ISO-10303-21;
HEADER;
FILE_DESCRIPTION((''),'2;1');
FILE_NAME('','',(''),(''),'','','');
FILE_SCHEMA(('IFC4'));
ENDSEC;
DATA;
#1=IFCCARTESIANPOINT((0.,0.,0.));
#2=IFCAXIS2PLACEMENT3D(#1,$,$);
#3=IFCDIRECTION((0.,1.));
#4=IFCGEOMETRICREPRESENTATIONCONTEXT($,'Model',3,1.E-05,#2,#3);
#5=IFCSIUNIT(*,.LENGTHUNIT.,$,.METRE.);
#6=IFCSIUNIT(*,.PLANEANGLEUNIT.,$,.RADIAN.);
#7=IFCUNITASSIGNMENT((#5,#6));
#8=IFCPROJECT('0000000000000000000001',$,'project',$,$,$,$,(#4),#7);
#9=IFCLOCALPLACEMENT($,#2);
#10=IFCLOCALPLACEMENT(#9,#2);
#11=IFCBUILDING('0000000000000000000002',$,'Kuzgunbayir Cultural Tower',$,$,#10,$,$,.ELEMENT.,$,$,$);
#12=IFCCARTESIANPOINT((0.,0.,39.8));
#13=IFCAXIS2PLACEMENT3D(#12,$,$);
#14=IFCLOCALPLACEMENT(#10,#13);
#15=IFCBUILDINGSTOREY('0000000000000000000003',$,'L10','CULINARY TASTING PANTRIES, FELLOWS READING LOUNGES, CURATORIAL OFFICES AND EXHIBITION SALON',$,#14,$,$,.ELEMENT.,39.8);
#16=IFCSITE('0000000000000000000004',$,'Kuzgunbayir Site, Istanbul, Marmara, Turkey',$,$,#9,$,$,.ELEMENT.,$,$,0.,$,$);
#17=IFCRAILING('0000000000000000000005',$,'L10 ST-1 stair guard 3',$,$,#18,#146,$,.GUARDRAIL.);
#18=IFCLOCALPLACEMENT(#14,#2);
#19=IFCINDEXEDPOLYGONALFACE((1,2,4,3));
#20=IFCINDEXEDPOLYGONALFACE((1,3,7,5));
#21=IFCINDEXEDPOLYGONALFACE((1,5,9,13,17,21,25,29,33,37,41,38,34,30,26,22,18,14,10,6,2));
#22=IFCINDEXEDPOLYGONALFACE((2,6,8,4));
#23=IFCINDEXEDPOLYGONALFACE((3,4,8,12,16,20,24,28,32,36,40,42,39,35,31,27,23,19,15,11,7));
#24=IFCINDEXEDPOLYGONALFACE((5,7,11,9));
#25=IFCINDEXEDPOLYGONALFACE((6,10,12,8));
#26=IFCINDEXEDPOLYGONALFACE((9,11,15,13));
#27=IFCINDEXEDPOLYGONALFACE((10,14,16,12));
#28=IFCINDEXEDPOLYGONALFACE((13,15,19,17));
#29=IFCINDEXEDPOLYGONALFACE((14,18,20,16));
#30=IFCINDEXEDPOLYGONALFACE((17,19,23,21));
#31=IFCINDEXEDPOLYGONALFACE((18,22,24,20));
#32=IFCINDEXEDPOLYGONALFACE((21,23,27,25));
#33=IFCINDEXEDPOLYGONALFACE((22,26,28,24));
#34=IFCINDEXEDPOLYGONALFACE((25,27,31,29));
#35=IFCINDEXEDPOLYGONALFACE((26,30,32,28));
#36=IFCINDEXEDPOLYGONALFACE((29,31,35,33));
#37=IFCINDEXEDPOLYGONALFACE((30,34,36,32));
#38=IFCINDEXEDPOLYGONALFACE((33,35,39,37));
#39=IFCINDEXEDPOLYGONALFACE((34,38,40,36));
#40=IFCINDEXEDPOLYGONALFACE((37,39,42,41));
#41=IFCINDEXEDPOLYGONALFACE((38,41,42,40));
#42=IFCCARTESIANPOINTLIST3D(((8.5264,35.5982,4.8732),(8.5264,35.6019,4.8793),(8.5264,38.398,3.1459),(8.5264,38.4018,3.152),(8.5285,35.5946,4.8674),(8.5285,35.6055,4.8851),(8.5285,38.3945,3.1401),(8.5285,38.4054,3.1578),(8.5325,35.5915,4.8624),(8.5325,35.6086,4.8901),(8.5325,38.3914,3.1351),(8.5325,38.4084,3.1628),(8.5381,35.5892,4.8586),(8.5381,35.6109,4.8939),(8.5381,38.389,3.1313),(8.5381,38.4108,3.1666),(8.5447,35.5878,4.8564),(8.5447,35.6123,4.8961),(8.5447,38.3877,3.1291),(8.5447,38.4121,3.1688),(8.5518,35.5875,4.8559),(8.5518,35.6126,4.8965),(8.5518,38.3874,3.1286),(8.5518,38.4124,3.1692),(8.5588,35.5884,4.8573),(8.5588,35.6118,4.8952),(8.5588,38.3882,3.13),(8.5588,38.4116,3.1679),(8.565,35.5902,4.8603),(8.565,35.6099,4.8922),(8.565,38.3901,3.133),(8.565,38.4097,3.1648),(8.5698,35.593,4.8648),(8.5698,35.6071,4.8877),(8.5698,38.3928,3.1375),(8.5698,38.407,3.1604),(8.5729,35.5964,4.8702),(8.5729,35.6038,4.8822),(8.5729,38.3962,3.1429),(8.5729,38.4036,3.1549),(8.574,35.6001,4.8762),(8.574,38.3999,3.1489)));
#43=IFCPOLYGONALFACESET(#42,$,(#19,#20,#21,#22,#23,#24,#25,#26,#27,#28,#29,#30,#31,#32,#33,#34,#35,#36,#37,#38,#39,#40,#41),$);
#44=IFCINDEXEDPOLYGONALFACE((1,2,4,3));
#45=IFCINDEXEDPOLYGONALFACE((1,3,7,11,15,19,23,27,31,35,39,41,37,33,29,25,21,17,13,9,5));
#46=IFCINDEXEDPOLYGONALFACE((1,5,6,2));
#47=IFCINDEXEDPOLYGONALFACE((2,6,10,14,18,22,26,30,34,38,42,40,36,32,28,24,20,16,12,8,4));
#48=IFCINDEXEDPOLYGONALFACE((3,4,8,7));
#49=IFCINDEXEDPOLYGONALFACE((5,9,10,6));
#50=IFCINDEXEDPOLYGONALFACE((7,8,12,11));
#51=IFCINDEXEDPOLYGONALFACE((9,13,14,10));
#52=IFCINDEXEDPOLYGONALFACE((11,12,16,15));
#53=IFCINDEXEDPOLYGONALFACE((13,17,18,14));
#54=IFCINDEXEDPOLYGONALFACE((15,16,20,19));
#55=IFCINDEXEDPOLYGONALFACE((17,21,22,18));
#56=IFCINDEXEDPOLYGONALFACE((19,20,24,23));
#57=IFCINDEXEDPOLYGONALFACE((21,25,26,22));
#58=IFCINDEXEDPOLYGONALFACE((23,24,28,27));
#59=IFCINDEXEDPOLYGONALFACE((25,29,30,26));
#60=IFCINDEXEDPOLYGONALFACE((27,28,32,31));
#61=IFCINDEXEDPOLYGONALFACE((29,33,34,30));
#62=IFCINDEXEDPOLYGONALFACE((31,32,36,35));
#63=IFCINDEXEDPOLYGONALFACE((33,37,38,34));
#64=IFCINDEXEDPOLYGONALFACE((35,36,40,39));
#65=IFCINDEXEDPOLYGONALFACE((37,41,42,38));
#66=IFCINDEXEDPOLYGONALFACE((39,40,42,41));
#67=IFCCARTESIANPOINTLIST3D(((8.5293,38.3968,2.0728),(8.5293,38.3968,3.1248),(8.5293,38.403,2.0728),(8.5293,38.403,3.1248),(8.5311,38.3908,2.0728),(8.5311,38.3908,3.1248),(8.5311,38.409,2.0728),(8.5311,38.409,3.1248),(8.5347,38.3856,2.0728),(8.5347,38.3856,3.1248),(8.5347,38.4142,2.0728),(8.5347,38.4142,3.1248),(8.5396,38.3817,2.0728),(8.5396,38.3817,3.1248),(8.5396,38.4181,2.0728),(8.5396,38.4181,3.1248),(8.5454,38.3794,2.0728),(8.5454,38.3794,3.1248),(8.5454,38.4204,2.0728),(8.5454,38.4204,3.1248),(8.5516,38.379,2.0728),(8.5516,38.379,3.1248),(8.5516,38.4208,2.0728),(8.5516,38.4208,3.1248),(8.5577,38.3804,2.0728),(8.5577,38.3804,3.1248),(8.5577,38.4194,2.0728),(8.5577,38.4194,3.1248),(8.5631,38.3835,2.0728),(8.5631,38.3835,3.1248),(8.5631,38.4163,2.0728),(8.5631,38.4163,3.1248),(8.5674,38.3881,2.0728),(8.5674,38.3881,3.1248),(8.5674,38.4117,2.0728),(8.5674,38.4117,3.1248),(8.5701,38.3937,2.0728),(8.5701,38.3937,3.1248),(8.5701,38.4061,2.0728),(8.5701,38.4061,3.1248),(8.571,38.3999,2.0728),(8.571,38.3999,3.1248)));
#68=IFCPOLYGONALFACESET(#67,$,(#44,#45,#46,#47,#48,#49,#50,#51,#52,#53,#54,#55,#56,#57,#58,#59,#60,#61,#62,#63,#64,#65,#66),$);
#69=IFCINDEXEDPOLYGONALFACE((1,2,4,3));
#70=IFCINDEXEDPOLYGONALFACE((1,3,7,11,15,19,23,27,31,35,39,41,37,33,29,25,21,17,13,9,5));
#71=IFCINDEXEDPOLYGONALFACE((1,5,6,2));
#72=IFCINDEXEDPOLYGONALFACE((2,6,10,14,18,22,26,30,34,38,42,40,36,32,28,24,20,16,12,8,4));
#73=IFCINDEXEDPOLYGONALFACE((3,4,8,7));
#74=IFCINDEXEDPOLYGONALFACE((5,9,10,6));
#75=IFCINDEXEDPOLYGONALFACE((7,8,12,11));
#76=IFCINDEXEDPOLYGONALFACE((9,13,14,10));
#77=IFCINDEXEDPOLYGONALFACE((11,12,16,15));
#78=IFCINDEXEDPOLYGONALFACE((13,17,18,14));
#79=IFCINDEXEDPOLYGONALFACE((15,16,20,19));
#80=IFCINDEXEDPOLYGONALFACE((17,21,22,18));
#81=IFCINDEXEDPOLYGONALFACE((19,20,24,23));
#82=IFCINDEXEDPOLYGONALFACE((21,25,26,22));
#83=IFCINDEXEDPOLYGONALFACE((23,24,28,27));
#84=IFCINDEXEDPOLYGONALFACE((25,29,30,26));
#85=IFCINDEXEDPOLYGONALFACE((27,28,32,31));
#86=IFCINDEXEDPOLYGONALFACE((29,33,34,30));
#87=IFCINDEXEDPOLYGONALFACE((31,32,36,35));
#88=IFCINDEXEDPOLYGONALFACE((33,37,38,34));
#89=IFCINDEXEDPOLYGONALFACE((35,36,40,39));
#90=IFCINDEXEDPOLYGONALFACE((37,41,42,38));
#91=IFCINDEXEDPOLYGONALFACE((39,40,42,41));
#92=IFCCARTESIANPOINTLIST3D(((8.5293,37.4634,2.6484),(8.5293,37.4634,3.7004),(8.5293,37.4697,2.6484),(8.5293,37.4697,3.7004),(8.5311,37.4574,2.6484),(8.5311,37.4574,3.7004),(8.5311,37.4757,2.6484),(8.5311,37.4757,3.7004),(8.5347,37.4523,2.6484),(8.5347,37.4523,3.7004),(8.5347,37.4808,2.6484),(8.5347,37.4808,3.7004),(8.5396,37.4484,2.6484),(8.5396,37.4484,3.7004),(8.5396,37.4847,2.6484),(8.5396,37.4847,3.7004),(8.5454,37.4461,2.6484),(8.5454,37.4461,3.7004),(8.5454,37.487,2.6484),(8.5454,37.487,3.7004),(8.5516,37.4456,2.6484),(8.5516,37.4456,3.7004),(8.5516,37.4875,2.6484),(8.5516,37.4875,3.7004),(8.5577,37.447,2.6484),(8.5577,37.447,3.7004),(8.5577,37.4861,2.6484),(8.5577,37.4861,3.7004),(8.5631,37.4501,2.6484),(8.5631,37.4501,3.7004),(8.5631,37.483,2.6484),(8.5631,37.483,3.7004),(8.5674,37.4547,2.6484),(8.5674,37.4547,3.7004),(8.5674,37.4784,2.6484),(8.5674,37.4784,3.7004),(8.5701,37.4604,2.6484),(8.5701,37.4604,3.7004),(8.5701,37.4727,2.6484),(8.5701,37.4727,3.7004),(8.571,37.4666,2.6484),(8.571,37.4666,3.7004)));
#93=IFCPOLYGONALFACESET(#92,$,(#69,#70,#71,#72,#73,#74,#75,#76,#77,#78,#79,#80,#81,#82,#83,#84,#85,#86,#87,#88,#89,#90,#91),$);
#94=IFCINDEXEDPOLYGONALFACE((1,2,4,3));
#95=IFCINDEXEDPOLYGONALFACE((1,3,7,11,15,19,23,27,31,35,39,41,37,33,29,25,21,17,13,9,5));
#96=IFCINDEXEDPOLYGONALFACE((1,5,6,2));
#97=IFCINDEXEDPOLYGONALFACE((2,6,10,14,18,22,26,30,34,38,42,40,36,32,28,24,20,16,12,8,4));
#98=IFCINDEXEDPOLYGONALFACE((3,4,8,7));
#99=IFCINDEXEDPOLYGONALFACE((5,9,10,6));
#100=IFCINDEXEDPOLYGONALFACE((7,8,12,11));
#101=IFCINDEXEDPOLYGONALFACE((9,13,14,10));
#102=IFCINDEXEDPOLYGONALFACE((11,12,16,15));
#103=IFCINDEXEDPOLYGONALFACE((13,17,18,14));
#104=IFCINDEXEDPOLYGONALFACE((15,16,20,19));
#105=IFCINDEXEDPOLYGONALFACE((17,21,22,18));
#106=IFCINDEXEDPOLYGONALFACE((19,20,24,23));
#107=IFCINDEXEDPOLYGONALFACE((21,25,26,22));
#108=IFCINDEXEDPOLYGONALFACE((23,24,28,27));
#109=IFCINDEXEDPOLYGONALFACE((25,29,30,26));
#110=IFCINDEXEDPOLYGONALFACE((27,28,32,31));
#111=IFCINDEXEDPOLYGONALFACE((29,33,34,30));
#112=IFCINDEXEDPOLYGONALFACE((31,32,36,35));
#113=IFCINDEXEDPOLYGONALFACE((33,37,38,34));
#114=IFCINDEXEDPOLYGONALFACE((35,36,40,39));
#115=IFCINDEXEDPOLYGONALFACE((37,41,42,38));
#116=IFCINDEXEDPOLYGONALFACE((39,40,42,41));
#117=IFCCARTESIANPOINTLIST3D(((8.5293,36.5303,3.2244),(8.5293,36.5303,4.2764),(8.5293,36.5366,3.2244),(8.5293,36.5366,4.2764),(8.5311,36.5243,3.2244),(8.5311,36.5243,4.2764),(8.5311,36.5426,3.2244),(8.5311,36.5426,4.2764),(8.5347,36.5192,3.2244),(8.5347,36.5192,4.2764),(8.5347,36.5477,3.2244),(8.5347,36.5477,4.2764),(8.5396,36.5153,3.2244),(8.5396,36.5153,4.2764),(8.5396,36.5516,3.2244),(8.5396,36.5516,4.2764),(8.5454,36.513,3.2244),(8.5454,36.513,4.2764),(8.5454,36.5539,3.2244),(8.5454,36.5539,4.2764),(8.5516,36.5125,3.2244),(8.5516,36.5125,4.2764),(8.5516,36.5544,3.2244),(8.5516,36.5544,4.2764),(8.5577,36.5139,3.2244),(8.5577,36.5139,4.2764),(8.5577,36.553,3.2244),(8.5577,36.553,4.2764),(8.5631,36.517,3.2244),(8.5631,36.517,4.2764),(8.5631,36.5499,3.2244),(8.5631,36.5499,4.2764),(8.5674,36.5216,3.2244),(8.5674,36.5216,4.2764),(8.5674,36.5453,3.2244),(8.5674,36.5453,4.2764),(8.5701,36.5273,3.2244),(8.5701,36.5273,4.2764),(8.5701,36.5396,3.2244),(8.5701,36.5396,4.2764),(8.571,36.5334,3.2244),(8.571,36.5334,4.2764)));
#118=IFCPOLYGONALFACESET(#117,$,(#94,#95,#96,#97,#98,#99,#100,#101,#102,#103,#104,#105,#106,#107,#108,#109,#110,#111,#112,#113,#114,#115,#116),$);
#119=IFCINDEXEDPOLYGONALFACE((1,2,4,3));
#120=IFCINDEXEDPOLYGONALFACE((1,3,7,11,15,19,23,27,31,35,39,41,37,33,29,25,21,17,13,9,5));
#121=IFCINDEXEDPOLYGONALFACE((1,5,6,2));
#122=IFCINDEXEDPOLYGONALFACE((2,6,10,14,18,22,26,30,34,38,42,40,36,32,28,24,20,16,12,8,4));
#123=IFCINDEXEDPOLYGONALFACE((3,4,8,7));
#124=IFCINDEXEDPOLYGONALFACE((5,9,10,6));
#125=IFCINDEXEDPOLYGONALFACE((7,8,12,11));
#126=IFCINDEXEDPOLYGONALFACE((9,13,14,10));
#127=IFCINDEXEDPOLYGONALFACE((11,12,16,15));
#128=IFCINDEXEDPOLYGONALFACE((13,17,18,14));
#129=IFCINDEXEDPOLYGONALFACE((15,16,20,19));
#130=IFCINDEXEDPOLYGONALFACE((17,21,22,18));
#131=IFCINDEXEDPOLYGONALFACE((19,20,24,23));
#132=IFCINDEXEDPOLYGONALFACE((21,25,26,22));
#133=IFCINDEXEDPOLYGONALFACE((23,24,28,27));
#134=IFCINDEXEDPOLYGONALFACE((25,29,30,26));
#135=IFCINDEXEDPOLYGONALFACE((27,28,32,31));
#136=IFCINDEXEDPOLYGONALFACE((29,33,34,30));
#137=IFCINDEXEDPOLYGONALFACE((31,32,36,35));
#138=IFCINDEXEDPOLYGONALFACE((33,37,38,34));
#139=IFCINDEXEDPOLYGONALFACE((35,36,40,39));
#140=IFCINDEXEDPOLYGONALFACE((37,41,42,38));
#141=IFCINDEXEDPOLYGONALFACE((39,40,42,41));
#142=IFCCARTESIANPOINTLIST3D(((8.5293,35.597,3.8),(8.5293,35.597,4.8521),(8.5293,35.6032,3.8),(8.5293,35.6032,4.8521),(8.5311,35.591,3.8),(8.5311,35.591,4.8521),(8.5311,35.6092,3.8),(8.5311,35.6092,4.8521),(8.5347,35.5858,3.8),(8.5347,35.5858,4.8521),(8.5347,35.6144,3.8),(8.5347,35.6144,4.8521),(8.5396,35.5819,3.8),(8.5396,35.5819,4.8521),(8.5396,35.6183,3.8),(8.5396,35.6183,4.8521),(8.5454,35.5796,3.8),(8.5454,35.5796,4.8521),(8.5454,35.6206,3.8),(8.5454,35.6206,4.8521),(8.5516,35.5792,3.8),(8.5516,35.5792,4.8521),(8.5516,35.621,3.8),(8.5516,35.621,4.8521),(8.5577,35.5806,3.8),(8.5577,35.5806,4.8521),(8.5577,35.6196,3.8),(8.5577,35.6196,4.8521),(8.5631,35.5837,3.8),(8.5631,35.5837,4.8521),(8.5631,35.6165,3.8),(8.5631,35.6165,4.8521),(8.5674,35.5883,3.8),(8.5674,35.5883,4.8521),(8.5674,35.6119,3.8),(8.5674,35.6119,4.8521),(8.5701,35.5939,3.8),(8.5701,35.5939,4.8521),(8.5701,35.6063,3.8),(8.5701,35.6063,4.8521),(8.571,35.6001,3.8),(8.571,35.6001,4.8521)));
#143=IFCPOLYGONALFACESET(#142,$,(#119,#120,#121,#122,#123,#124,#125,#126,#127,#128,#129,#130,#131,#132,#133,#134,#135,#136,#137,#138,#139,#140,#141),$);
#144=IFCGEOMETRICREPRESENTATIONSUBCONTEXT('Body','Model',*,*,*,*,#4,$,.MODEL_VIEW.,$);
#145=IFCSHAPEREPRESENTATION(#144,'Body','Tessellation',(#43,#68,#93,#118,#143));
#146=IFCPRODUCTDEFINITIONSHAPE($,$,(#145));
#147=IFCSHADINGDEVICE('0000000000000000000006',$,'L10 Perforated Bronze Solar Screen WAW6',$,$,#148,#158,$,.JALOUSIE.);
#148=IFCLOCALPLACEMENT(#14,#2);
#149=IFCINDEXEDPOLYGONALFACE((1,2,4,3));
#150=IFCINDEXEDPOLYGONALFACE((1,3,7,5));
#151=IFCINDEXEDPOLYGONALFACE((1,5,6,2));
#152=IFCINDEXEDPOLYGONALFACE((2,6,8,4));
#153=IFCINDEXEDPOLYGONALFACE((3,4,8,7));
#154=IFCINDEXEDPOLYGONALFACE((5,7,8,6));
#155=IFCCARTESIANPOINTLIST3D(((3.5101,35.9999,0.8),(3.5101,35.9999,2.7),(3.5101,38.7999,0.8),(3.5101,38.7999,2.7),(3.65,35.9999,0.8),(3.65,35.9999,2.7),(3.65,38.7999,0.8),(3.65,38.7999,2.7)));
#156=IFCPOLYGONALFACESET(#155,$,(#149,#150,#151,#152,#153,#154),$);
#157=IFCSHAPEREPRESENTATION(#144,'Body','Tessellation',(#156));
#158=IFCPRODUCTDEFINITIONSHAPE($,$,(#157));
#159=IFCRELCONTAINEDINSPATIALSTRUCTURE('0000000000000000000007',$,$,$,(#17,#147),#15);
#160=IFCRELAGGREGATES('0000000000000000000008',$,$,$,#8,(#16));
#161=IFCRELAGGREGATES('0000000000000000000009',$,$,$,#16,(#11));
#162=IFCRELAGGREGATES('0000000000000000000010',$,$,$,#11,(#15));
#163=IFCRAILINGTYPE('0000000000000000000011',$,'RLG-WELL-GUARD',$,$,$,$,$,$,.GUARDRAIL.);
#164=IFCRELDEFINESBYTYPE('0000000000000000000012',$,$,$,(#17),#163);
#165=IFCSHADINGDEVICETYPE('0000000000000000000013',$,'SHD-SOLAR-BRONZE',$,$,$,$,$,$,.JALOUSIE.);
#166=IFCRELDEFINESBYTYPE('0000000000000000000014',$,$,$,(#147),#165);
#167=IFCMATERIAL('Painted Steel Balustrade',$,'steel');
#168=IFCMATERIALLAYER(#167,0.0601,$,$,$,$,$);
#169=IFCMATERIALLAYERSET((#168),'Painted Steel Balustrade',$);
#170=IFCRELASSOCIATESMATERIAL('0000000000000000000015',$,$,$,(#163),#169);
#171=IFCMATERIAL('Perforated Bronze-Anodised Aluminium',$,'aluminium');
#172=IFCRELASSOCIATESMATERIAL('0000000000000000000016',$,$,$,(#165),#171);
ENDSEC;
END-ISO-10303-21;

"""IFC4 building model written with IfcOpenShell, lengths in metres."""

from ifc_helpers import new_model, si_unit, direction, frame, origin, origin_2d, place, context, subcontext, project, spatial, rectangle, circle, extrude, material, layer, layer_set, type_object, element, save


model = new_model("IFC4")

# Units and contexts
model_context = context("Model", 3, precision=1e-05, world=origin(), true_north=direction((0.0, 1.0)))
body_context = subcontext(model_context, "Body", "Model", "MODEL_VIEW")
ifc_project = project(units=[si_unit("LENGTHUNIT", "METRE"), si_unit("PLANEANGLEUNIT", "RADIAN")], contexts=[model_context])

# Site, building, storey
site_placement = place(None, origin())
site = spatial("IfcSite", under=ifc_project, at=site_placement, Name="Kuzgunbayir Site, Istanbul, Marmara, Turkey", CompositionType="ELEMENT", RefElevation=0.0)
building_placement = place(site_placement, origin())
building = spatial("IfcBuilding", under=site, at=building_placement, Name="Kuzgunbayir Cultural Tower", CompositionType="ELEMENT")
storey_placement = place(building_placement, frame((0.0, 0.0, 39.8)))
storey = spatial("IfcBuildingStorey", under=building, at=storey_placement, Name="L10", Description="CULINARY TASTING PANTRIES, FELLOWS READING LOUNGES, CURATORIAL OFFICES AND EXHIBITION SALON", CompositionType="ELEMENT", Elevation=39.8)

# Railing
ifc_material_1 = material(Name="Painted Steel Balustrade", Category="steel")
ifc_layer_1 = layer(ifc_material_1, 0.0601)
ifc_layer_set_1 = layer_set([ifc_layer_1], Name="Painted Steel Balustrade")
railing_type_1 = type_object("IfcRailingType", Name="RLG-WELL-GUARD", PredefinedType="GUARDRAIL", material=ifc_layer_set_1)
railing_1_placement = place(storey_placement, frame((8.55, 38.3999, 2.0728)))
element("IfcRailing", 1, at=railing_1_placement, inside=storey, type_object=railing_type_1, Name="L10 ST-1 stair guard 3", PredefinedType="GUARDRAIL", context=body_context, shape_type="SweptSolid", body=[
    extrude(circle(Radius=0.0239, at=origin_2d()), frame((0.0, 0.0, 1.0762), z_axis=(0.0, -0.851069, 0.525054), x_axis=(1.0, 0.0, 0.0)), (0.0, 0.0, 1.0), 3.2898),
    extrude(circle(Radius=0.021, at=origin_2d()), origin(), (0.0, 0.0, 1.0), 1.052),
    extrude(circle(Radius=0.021, at=origin_2d()), frame((0.0, -0.9333, 0.5757)), (0.0, 0.0, 1.0), 1.052),
    extrude(circle(Radius=0.021, at=origin_2d()), frame((0.0, -1.8665, 1.1516)), (0.0, 0.0, 1.0), 1.052),
    extrude(circle(Radius=0.021, at=origin_2d()), frame((0.0, -2.7998, 1.7273)), (0.0, 0.0, 1.0), 1.052),
])

# Shading device
ifc_material_2 = material(Name="Perforated Bronze-Anodised Aluminium", Category="aluminium")
shading_device_type = type_object("IfcShadingDeviceType", Name="SHD-SOLAR-BRONZE", PredefinedType="JALOUSIE", material=ifc_material_2)
shading_device_placement = place(storey_placement, frame((3.5801, 37.3999, 0.8), z_axis=(0.0, 0.0, 1.0), x_axis=(1.0, 0.0, 0.0)))
element("IfcShadingDevice", 2, at=shading_device_placement, inside=storey, type_object=shading_device_type, Name="L10 Perforated Bronze Solar Screen WAW6", PredefinedType="JALOUSIE", context=body_context, shape_type="SweptSolid", body=[
    extrude(rectangle(XDim=0.1399, YDim=2.8, at=origin_2d()), origin(), (0.0, 0.0, 1.0), 1.8999),
])

save(model, "model.ifc")
